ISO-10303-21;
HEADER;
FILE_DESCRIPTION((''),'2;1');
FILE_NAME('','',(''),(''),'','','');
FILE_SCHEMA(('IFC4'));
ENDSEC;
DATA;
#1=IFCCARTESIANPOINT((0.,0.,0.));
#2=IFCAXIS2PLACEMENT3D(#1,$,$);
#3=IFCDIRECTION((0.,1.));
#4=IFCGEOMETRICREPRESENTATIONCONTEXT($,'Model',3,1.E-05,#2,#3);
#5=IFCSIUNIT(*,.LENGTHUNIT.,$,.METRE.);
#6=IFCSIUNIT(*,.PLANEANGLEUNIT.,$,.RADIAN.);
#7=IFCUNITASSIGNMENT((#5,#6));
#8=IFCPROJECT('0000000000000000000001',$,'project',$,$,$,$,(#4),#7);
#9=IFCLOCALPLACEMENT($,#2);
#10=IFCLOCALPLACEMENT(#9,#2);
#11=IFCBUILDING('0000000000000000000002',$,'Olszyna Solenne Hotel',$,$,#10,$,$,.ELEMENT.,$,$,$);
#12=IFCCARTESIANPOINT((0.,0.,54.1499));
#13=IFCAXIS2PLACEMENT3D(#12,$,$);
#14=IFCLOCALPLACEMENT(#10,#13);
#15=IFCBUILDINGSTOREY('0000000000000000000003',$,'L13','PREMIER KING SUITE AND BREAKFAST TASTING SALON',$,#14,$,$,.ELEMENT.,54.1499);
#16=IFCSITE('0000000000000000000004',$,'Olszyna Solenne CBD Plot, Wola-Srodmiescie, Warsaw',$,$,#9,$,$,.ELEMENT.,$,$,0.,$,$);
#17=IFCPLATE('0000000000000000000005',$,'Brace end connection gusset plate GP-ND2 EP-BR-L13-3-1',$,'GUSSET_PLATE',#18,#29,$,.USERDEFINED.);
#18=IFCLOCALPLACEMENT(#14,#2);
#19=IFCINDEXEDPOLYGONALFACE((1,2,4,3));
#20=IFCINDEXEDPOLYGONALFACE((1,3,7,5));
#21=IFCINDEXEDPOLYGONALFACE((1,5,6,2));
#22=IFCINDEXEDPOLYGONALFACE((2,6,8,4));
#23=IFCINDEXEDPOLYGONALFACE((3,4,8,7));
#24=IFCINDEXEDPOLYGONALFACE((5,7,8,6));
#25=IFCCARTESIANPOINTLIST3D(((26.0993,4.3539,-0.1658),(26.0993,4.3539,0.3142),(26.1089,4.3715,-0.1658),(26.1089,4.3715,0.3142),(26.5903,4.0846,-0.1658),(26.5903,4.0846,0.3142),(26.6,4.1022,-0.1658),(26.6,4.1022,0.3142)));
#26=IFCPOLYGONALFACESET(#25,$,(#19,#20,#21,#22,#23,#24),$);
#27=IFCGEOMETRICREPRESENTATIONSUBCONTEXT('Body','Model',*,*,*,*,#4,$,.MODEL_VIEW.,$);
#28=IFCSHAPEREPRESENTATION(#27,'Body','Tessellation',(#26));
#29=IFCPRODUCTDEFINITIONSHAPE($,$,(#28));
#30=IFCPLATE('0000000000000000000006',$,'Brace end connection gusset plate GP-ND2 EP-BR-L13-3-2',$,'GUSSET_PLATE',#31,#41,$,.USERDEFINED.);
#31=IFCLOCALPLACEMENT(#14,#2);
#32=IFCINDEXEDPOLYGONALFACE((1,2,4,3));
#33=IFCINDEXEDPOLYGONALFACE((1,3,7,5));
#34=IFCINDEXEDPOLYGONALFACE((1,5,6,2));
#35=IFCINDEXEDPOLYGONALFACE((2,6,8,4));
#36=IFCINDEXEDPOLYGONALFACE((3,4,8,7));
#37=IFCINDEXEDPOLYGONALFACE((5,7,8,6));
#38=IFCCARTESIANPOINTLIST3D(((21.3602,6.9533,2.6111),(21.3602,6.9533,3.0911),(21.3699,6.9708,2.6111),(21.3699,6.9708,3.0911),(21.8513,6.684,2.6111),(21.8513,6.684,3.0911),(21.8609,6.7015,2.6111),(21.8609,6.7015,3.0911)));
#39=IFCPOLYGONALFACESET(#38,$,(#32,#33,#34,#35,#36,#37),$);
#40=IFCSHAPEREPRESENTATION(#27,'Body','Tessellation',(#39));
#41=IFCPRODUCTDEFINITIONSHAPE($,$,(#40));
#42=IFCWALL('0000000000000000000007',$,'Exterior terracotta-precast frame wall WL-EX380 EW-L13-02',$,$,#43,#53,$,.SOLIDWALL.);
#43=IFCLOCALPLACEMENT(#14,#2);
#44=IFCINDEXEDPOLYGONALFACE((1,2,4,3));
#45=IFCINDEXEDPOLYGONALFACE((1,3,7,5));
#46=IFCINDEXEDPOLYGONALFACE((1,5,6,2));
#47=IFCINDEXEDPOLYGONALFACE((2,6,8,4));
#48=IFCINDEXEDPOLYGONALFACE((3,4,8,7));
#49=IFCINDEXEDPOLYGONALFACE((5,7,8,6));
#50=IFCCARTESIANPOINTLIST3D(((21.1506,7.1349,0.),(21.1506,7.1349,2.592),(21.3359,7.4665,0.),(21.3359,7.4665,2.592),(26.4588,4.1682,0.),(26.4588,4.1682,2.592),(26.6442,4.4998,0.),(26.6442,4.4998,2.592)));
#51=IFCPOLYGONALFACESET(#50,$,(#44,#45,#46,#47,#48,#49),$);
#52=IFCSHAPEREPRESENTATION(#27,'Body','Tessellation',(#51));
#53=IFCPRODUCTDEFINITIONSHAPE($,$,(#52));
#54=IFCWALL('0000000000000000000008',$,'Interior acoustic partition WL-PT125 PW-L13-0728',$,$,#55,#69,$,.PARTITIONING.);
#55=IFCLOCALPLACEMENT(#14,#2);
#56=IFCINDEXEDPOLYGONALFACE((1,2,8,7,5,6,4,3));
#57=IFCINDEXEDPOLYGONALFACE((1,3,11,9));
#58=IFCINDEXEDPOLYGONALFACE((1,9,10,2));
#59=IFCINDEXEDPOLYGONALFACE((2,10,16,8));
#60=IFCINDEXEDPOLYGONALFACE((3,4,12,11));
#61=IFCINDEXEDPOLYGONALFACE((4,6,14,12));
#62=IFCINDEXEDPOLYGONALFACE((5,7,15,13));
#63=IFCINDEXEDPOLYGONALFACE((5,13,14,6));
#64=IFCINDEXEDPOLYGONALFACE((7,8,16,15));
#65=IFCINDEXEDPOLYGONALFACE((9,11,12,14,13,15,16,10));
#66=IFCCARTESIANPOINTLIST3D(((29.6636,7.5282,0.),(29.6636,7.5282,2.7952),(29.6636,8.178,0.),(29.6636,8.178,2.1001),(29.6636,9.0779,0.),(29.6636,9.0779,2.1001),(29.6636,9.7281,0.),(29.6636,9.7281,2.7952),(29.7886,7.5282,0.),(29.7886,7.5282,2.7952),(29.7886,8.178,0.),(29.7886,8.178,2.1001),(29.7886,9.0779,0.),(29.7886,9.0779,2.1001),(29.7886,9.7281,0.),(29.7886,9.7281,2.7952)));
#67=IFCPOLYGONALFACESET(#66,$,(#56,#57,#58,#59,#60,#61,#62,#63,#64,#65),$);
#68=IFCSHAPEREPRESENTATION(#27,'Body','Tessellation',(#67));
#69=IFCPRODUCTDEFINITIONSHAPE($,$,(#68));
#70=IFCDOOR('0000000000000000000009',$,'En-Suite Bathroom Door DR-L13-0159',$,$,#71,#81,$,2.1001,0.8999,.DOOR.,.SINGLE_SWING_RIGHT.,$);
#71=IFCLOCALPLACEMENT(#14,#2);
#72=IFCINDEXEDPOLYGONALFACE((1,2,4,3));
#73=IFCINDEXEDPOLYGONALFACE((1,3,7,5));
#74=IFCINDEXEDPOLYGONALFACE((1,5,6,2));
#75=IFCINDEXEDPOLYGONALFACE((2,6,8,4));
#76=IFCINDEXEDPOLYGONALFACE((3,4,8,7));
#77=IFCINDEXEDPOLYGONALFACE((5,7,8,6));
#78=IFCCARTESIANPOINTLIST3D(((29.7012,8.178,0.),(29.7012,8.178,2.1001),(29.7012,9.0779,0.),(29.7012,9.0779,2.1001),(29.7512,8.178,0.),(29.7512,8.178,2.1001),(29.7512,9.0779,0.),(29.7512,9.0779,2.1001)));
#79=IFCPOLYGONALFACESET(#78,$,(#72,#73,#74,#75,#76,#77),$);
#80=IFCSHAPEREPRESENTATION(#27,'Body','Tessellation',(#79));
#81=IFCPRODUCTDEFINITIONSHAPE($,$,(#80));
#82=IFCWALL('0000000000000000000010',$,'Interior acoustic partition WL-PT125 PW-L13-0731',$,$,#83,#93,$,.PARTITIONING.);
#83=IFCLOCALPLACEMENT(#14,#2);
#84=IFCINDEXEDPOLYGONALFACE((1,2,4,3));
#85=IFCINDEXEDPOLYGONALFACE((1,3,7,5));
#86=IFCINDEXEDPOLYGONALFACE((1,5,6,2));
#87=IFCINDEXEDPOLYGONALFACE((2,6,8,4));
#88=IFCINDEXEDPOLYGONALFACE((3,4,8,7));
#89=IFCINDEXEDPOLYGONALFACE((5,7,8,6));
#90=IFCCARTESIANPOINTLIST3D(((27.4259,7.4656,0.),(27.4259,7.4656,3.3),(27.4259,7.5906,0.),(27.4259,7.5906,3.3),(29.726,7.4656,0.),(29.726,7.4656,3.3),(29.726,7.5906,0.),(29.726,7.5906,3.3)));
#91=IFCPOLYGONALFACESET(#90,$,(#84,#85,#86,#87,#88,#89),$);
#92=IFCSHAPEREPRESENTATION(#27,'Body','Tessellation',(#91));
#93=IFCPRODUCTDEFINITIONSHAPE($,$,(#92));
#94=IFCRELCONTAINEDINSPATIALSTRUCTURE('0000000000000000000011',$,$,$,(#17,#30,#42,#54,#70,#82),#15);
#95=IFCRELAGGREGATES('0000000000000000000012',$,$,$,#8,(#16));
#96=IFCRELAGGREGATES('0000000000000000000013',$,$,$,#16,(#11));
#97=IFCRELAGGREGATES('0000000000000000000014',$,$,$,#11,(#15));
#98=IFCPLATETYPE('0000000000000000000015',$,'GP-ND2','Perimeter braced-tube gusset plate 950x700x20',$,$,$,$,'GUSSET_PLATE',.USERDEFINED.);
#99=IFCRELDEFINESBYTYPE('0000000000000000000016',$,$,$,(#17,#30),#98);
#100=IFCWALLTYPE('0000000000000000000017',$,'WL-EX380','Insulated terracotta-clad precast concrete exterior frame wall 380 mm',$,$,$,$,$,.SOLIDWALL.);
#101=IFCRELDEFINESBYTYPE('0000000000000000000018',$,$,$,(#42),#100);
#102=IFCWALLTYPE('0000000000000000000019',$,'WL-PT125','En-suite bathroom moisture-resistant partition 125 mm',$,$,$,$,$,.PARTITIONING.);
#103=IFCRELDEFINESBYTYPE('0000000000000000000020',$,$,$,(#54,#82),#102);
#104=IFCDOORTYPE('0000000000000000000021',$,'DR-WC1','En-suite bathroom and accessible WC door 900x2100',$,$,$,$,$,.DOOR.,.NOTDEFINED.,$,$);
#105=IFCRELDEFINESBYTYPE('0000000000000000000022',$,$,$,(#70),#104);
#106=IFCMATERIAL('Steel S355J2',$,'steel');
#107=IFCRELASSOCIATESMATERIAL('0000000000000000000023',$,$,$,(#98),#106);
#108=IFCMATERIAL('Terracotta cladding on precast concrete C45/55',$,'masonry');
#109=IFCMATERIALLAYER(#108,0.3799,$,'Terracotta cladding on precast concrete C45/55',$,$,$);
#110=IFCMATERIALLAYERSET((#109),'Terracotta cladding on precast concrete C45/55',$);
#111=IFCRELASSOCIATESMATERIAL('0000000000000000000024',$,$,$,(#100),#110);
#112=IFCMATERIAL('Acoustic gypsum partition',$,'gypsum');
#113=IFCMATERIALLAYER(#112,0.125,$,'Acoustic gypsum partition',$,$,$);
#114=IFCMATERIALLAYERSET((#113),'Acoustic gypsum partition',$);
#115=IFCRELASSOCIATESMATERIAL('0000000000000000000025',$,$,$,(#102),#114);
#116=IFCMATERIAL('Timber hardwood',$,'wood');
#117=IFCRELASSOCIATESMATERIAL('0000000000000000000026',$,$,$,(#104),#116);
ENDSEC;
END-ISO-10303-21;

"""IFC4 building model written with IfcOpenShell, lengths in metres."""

from ifc_helpers import new_model, si_unit, direction, frame, frame_2d, origin, origin_2d, place, context, subcontext, project, spatial, rectangle, extrude, source, transform, mapped, material, layer, layer_set, type_object, type_shapes, element, fill, save


model = new_model("IFC4")

# Units and contexts
model_context = context("Model", 3, precision=1e-05, world=origin(), true_north=direction((0.0, 1.0)))
body_context = subcontext(model_context, "Body", "Model", "MODEL_VIEW")
ifc_project = project(units=[si_unit("LENGTHUNIT", "METRE"), si_unit("PLANEANGLEUNIT", "RADIAN")], contexts=[model_context])

# Site, building, storey
site_placement = place(None, origin())
site = spatial("IfcSite", under=ifc_project, at=site_placement, Name="Olszyna Solenne CBD Plot, Wola-Srodmiescie, Warsaw", CompositionType="ELEMENT", RefElevation=0.0)
building_placement = place(site_placement, origin())
building = spatial("IfcBuilding", under=site, at=building_placement, Name="Olszyna Solenne Hotel", CompositionType="ELEMENT")
storey_placement = place(building_placement, frame((0.0, 0.0, 54.1499)))
storey = spatial("IfcBuildingStorey", under=building, at=storey_placement, Name="L13", Description="PREMIER KING SUITE AND BREAKFAST TASTING SALON", CompositionType="ELEMENT", Elevation=54.1499)

# Shared definitions
ifc_material_1 = material(Name="Steel S355J2", Category="steel")

# Plates
plate_type = type_object("IfcPlateType", Name="GP-ND2", Description="Perimeter braced-tube gusset plate 950x700x20", ElementType="GUSSET_PLATE", PredefinedType="USERDEFINED", material=ifc_material_1)
shared_shape_1 = source(origin(), body_context, "Body", "SweptSolid", [
    extrude(rectangle(XDim=0.5601, YDim=0.02, at=origin_2d()), origin(), (0.0, 0.0, 1.0), 0.48),
])
for number, where, z_axis, x_axis, name in (
    (1, (26.3496, 4.228, -0.1658), (0.0, 0.0, 1.0), (-0.876811, 0.480836, 0.0), "Brace end connection gusset plate GP-ND2 EP-BR-L13-3-1"),
    (2, (21.6106, 6.8274, 2.6111), (0.0, 0.0, 1.0), (-0.876811, 0.480836, 0.0), "Brace end connection gusset plate GP-ND2 EP-BR-L13-3-2"),
):
    element("IfcPlate", number, at=place(storey_placement, frame(where, z_axis=z_axis, x_axis=x_axis)), inside=storey, type_object=plate_type, Name=name, ObjectType="GUSSET_PLATE", PredefinedType="USERDEFINED", context=body_context, shape_type="MappedRepresentation", body=[
        mapped(shared_shape_1, transform((0.0, 0.0, 0.0), x_axis=(1.0, 0.0, 0.0), y_axis=(0.0, 1.0, 0.0), z_axis=(0.0, 0.0, 1.0), scale=1.0)),
    ])

# Wall
ifc_material_2 = material(Name="Terracotta cladding on precast concrete C45/55", Category="masonry")
ifc_layer_1 = layer(ifc_material_2, 0.3799, Name="Terracotta cladding on precast concrete C45/55")
ifc_layer_set_1 = layer_set([ifc_layer_1], Name="Terracotta cladding on precast concrete C45/55")
wall_type_1 = type_object("IfcWallType", Name="WL-EX380", Description="Insulated terracotta-clad precast concrete exterior frame wall 380 mm", PredefinedType="SOLIDWALL", material=ifc_layer_set_1)
wall_1_placement = place(storey_placement, frame((26.5515, 4.334, 0.0), z_axis=(0.0, 0.0, 1.0), x_axis=(-0.872918, 0.487867, 0.0)))
element("IfcWall", 3, at=wall_1_placement, inside=storey, type_object=wall_type_1, Name="Exterior terracotta-precast frame wall WL-EX380 EW-L13-02", PredefinedType="SOLIDWALL", context=body_context, shape_type="SweptSolid", body=[
    extrude(rectangle(XDim=6.0811, YDim=0.3799, at=frame_2d((3.0405, 0.0))), origin(), (0.0, 0.0, 1.0), 2.592),
])

# Wall, opening, door
ifc_material_3 = material(Name="Acoustic gypsum partition", Category="gypsum")
ifc_layer_2 = layer(ifc_material_3, 0.125, Name="Acoustic gypsum partition")
ifc_layer_set_2 = layer_set([ifc_layer_2], Name="Acoustic gypsum partition")
wall_type_2 = type_object("IfcWallType", Name="WL-PT125", Description="En-suite bathroom moisture-resistant partition 125 mm", PredefinedType="PARTITIONING", material=ifc_layer_set_2)
wall_2_placement = place(storey_placement, frame((29.7261, 7.5281, 0.0), z_axis=(0.0, 0.0, 1.0), x_axis=(0.0, 1.0, 0.0)))
wall_2 = element("IfcWall", 4, at=wall_2_placement, inside=storey, type_object=wall_type_2, Name="Interior acoustic partition WL-PT125 PW-L13-0728", PredefinedType="PARTITIONING", context=body_context, shape_type="SweptSolid", body=[
    extrude(rectangle(XDim=2.2, YDim=0.125, at=frame_2d((1.1001, 0.0))), origin(), (0.0, 0.0, 1.0), 2.7952),
])
opening_placement = place(wall_2_placement, frame((0.6499, 0.0, 0.0)))
opening = element("IfcOpeningElement", 5, at=opening_placement, cuts=wall_2, PredefinedType="OPENING", context=body_context, shape_type="SweptSolid", body=[
    extrude(rectangle(XDim=0.8999, YDim=2.1001, at=frame_2d((0.45, 1.05))), frame((0.0, 0.0725, 0.0), z_axis=(0.0, -1.0, 0.0), x_axis=(1.0, 0.0, 0.0)), (0.0, 0.0, 1.0), 0.145),
])
ifc_material_4 = material(Name="Timber hardwood", Category="wood")
door_type = type_object("IfcDoorType", Name="DR-WC1", Description="En-suite bathroom and accessible WC door 900x2100", OperationType="NOTDEFINED", PredefinedType="DOOR", material=ifc_material_4)
shared_shape_2 = source(origin(), body_context, "Body", "SweptSolid", [
    extrude(rectangle(XDim=0.8999, YDim=2.1001, at=frame_2d((0.45, 1.05))), frame((0.0, 0.0249, 0.0), z_axis=(0.0, -1.0, 0.0), x_axis=(1.0, 0.0, 0.0)), (0.0, 0.0, 1.0), 0.05),
])
type_shapes(door_type, [shared_shape_2])
door_placement = place(opening_placement, origin())
door = element("IfcDoor", 6, at=door_placement, inside=storey, type_object=door_type, Name="En-Suite Bathroom Door DR-L13-0159", OperationType="SINGLE_SWING_RIGHT", OverallHeight=2.1001, OverallWidth=0.8999, PredefinedType="DOOR", context=body_context, shape_type="MappedRepresentation", body=[
    mapped(shared_shape_2, transform((0.0, 0.0, 0.0), x_axis=(1.0, 0.0, 0.0), y_axis=(0.0, 1.0, 0.0), z_axis=(0.0, 0.0, 1.0), scale=1.0)),
])
fill(opening, door)

# Wall
wall_3_placement = place(storey_placement, frame((27.426, 7.5281, 0.0), z_axis=(0.0, 0.0, 1.0), x_axis=(1.0, 0.0, 0.0)))
element("IfcWall", 7, at=wall_3_placement, inside=storey, type_object=wall_type_2, Name="Interior acoustic partition WL-PT125 PW-L13-0731", PredefinedType="PARTITIONING", context=body_context, shape_type="SweptSolid", body=[
    extrude(rectangle(XDim=2.3, YDim=0.125, at=frame_2d((1.1499, 0.0))), origin(), (0.0, 0.0, 1.0), 3.3),
])

save(model, "model.ifc")
